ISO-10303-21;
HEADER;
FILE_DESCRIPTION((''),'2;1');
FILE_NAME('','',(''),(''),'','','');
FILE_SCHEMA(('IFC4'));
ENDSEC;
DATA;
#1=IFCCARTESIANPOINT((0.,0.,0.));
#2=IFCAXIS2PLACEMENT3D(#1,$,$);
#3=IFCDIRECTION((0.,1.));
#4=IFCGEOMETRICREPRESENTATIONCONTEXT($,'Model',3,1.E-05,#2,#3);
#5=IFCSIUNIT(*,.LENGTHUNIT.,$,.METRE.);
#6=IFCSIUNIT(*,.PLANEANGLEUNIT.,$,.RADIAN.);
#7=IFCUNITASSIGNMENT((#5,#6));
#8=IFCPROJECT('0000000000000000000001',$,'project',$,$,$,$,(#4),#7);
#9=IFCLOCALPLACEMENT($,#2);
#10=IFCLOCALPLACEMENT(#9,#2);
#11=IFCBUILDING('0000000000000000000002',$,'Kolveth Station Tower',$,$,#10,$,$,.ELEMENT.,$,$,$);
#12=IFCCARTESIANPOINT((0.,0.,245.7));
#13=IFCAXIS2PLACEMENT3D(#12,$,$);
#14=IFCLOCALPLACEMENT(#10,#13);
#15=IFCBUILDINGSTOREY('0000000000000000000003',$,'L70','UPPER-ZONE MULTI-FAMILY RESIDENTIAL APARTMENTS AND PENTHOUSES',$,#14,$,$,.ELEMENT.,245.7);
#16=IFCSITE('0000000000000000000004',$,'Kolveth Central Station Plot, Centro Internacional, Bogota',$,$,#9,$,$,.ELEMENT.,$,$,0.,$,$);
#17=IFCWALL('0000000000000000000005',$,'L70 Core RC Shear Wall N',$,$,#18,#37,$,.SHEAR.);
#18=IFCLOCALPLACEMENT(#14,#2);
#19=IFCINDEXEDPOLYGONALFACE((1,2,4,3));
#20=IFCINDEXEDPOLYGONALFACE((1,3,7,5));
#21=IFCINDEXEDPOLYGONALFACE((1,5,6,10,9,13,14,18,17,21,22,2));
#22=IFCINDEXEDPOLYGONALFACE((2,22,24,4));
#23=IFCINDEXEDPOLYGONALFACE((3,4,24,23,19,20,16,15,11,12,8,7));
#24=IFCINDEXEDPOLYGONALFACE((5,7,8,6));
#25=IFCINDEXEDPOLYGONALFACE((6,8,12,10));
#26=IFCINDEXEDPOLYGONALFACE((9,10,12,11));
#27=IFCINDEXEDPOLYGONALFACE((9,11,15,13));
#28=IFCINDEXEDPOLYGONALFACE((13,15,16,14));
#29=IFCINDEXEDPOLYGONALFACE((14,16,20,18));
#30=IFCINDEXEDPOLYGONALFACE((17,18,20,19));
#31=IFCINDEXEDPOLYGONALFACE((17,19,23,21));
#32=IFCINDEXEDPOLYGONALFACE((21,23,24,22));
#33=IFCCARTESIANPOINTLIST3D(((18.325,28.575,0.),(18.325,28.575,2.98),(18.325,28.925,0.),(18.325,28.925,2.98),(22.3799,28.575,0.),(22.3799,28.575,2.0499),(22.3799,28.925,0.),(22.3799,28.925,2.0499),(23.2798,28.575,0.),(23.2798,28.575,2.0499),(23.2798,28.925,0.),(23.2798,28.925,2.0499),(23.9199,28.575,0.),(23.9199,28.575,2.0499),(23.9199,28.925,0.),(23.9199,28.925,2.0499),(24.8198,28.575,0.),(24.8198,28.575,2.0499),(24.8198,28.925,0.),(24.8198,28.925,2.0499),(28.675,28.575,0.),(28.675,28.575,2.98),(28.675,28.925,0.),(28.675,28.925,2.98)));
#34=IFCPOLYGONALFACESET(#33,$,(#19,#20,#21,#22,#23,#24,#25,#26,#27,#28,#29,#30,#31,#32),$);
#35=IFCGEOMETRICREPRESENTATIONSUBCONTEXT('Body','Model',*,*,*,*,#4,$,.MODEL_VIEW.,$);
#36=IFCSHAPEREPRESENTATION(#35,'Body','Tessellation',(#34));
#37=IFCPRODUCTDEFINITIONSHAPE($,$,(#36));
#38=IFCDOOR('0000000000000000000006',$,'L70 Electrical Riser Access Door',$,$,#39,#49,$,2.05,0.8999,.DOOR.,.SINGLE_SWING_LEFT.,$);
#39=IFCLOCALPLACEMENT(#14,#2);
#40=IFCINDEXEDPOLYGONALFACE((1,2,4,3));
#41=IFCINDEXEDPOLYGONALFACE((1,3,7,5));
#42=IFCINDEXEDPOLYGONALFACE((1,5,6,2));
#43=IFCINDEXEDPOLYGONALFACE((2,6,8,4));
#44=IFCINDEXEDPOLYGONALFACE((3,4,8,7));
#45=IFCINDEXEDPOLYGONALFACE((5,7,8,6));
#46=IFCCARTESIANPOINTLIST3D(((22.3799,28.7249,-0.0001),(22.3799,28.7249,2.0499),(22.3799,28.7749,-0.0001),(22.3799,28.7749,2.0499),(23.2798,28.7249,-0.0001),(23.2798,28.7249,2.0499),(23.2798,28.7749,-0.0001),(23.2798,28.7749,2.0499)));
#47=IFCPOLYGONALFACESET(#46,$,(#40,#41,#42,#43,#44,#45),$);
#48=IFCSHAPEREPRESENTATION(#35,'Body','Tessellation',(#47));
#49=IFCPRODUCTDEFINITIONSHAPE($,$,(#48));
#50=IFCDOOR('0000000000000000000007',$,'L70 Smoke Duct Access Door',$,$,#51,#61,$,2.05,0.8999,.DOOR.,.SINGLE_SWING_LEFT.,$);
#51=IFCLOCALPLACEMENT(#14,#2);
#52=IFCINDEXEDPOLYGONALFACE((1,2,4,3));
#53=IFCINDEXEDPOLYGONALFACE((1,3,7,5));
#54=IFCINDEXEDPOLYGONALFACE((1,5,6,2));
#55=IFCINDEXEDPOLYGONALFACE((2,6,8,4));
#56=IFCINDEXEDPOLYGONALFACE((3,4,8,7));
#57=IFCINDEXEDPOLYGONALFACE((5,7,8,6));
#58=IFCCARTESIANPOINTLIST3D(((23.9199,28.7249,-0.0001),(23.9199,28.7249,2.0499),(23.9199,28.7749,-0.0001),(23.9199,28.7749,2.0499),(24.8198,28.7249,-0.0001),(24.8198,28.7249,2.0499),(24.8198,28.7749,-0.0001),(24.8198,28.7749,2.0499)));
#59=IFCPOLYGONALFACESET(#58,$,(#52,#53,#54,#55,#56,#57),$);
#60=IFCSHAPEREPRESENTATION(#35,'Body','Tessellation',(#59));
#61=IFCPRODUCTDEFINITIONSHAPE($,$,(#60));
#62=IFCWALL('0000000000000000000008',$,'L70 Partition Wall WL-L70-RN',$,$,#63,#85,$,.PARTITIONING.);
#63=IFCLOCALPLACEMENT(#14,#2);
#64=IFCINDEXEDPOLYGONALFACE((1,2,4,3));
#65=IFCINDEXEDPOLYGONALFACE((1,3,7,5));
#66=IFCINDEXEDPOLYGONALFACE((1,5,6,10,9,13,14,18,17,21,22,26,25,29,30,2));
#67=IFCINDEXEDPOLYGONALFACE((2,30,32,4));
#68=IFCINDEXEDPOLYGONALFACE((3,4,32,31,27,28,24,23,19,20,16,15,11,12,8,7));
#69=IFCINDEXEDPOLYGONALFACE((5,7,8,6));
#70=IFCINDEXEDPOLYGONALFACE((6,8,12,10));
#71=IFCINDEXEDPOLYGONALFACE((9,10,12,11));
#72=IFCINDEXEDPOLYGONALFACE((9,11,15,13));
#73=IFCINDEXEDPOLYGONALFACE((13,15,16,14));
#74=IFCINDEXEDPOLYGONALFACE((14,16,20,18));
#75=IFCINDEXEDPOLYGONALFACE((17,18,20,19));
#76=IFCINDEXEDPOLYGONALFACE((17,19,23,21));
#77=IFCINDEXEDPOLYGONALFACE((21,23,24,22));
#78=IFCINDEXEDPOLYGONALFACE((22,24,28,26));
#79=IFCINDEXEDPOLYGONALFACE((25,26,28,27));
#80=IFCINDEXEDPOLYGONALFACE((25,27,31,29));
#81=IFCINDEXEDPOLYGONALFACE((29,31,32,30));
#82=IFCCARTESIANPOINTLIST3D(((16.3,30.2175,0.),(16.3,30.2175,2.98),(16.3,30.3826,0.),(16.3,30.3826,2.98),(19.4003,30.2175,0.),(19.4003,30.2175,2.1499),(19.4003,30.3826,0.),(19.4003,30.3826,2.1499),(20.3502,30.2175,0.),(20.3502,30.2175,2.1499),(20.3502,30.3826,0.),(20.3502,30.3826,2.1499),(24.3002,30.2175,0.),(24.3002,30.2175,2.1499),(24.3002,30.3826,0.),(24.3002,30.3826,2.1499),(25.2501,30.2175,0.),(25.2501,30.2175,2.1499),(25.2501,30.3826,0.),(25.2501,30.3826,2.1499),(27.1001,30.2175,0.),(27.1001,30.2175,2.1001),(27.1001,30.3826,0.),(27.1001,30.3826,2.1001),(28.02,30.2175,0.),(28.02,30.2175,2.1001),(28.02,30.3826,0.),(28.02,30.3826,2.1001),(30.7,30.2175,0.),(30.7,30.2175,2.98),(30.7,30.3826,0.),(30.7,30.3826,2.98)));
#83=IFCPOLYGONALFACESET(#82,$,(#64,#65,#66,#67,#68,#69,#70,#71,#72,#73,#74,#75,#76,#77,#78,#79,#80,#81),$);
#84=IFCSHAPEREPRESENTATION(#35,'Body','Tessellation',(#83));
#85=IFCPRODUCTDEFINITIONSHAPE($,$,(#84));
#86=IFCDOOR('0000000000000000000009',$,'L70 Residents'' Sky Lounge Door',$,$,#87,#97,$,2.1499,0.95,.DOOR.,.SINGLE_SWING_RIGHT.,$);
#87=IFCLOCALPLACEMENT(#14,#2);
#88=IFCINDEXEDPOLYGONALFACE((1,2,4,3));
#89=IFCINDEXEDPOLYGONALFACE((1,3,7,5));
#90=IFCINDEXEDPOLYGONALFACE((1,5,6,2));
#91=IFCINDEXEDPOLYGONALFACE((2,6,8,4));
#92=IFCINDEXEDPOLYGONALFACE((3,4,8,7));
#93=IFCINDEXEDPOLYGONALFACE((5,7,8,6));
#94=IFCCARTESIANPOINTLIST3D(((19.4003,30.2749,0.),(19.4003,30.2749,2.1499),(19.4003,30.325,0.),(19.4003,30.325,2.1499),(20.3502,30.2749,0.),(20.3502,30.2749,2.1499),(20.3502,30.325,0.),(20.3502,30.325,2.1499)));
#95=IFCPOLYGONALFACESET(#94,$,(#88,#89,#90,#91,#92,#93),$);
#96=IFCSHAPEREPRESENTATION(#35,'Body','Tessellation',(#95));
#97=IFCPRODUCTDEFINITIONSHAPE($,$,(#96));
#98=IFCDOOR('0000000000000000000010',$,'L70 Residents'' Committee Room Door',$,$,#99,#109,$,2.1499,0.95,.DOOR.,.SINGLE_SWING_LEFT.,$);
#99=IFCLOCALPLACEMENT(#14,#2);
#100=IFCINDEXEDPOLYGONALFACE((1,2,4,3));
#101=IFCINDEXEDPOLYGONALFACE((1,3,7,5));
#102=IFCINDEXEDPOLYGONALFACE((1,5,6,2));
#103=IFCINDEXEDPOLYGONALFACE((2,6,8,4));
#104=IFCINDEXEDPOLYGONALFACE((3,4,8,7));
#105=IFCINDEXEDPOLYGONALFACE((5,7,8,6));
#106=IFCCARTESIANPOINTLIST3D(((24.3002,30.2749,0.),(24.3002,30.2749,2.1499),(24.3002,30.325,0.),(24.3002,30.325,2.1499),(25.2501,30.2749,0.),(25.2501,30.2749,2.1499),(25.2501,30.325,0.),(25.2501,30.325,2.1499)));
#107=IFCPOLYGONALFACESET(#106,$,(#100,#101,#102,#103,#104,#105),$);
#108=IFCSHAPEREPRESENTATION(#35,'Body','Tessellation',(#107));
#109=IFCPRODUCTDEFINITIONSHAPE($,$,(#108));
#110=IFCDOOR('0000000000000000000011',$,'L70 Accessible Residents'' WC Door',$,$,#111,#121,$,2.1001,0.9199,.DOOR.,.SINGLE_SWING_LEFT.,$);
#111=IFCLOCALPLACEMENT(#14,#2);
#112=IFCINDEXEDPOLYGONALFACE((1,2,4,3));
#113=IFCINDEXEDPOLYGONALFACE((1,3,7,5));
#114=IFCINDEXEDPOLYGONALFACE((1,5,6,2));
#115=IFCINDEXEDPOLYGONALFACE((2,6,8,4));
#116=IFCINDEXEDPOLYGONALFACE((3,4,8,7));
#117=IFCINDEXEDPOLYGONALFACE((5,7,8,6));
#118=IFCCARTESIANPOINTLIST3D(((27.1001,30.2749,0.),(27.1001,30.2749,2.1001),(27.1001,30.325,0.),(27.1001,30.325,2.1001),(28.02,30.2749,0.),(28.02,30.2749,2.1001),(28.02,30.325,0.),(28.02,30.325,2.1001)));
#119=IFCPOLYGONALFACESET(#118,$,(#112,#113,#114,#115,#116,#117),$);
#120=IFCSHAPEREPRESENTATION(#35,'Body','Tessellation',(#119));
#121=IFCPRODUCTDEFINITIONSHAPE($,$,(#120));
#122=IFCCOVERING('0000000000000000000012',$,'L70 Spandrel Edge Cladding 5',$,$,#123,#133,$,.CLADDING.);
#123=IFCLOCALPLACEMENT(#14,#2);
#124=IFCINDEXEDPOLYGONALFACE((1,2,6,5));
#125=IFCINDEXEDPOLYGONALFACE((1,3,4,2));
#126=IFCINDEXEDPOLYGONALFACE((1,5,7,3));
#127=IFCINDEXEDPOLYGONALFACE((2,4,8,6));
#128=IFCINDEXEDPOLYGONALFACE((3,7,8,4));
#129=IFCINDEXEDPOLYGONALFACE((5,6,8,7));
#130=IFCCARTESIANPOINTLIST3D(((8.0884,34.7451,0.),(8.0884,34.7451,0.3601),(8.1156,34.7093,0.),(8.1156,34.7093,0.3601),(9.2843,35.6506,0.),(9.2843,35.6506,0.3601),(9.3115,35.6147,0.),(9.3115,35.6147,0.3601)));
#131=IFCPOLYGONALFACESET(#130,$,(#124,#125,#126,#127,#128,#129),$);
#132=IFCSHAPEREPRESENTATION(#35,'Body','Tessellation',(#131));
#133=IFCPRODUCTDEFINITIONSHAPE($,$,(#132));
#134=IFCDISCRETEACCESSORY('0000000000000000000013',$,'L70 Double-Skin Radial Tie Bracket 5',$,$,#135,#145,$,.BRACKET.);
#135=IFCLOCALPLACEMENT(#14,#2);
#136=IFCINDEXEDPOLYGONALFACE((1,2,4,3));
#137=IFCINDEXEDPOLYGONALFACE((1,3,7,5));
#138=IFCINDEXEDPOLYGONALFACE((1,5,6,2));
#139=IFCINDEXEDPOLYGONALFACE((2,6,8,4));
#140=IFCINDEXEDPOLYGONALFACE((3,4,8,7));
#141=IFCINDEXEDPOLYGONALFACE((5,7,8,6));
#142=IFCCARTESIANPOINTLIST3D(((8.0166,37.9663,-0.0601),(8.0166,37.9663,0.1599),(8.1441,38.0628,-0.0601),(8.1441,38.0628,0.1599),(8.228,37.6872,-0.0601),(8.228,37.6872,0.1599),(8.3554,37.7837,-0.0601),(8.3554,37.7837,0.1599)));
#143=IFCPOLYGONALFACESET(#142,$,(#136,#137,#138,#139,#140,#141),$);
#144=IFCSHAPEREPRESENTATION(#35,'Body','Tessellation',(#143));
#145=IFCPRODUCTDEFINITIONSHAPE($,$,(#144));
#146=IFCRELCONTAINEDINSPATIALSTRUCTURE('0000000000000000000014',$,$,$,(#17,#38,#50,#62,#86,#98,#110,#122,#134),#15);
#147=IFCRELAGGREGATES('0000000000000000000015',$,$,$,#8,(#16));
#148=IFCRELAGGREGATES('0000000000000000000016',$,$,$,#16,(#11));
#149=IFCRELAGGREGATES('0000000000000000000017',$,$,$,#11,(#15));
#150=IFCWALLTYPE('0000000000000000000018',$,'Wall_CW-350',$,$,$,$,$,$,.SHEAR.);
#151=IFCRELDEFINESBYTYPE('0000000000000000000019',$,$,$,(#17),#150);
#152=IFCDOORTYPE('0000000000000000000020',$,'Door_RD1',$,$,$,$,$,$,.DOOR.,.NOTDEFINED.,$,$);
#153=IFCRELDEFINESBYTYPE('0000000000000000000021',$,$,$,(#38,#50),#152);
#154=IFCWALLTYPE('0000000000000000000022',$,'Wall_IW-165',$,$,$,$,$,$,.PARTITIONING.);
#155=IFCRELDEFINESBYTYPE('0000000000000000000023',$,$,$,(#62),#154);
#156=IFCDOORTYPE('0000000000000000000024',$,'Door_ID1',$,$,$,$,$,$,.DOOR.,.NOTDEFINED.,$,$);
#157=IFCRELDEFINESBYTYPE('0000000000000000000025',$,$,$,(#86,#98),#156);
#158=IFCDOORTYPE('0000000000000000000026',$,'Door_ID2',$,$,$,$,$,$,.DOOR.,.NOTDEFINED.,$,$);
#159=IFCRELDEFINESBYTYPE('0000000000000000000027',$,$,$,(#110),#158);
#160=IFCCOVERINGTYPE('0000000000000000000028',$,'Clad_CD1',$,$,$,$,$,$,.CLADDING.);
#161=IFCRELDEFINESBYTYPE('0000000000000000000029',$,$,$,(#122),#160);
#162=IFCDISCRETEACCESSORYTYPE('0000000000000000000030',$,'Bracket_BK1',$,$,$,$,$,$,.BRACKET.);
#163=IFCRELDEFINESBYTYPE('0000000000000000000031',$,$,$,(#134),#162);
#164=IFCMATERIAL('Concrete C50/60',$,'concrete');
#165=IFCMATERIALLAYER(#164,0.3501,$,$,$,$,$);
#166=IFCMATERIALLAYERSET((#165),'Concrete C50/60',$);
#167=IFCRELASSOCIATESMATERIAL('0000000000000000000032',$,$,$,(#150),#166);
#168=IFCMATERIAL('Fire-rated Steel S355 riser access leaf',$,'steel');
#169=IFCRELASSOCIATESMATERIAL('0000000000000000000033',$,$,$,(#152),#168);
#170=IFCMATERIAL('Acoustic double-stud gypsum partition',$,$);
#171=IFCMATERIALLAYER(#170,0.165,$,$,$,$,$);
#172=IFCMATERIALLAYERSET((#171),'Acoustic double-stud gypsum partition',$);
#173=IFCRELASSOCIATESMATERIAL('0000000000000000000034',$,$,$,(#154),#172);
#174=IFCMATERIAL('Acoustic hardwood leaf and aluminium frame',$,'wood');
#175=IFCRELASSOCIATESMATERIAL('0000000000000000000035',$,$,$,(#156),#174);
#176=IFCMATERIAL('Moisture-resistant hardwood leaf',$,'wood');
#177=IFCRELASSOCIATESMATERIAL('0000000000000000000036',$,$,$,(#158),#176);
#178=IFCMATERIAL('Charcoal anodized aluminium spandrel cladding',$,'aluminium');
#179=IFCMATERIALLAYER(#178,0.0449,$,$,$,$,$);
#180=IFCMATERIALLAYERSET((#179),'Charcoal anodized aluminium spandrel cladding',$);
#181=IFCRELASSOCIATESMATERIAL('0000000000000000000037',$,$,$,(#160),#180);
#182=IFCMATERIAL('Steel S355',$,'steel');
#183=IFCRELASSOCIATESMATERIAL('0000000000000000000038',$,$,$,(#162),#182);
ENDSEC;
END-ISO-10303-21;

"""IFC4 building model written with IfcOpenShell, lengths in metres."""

from ifc_helpers import new_model, si_unit, direction, frame, frame_2d, origin, origin_2d, place, context, subcontext, project, spatial, rectangle, extrude, source, transform, mapped, material, layer, layer_set, type_object, element, fill, save


model = new_model("IFC4")

# Units and contexts
model_context = context("Model", 3, precision=1e-05, world=origin(), true_north=direction((0.0, 1.0)))
body_context = subcontext(model_context, "Body", "Model", "MODEL_VIEW")
ifc_project = project(units=[si_unit("LENGTHUNIT", "METRE"), si_unit("PLANEANGLEUNIT", "RADIAN")], contexts=[model_context])

# Site, building, storey
site_placement = place(None, origin())
site = spatial("IfcSite", under=ifc_project, at=site_placement, Name="Kolveth Central Station Plot, Centro Internacional, Bogota", CompositionType="ELEMENT", RefElevation=0.0)
building_placement = place(site_placement, origin())
building = spatial("IfcBuilding", under=site, at=building_placement, Name="Kolveth Station Tower", CompositionType="ELEMENT")
storey_placement = place(building_placement, frame((0.0, 0.0, 245.7)))
storey = spatial("IfcBuildingStorey", under=building, at=storey_placement, Name="L70", Description="UPPER-ZONE MULTI-FAMILY RESIDENTIAL APARTMENTS AND PENTHOUSES", CompositionType="ELEMENT", Elevation=245.7)

# Shared definitions
ifc_material_1 = material(Name="Steel S355", Category="steel")

# Walls, openings, doors
ifc_material_2 = material(Name="Concrete C50/60", Category="concrete")
ifc_layer_1 = layer(ifc_material_2, 0.3501)
ifc_layer_set_1 = layer_set([ifc_layer_1], Name="Concrete C50/60")
wall_type_1 = type_object("IfcWallType", Name="Wall_CW-350", PredefinedType="SHEAR", material=ifc_layer_set_1)
wall_1_placement = place(storey_placement, frame((18.325, 28.75, 0.0), z_axis=(0.0, 0.0, 1.0), x_axis=(1.0, 0.0, 0.0)))
wall_1 = element("IfcWall", 1, at=wall_1_placement, inside=storey, type_object=wall_type_1, Name="L70 Core RC Shear Wall N", PredefinedType="SHEAR", context=body_context, shape_type="SweptSolid", body=[
    extrude(rectangle(XDim=10.3501, YDim=0.3501, at=frame_2d((5.175, 0.0))), origin(), (0.0, 0.0, 1.0), 2.98),
])
opening_1_placement = place(wall_1_placement, frame((4.0549, 0.0, 0.0)))
opening_1 = element("IfcOpeningElement", 2, at=opening_1_placement, cuts=wall_1, PredefinedType="OPENING", context=body_context, shape_type="SweptSolid", body=[
    extrude(rectangle(XDim=0.8999, YDim=2.05, at=frame_2d((0.45, 1.0249))), frame((0.0, 0.1851, 0.0), z_axis=(0.0, -1.0, 0.0), x_axis=(1.0, 0.0, 0.0)), (0.0, 0.0, 1.0), 0.3701),
])
opening_2_placement = place(wall_1_placement, frame((5.595, 0.0, 0.0)))
opening_2 = element("IfcOpeningElement", 3, at=opening_2_placement, cuts=wall_1, PredefinedType="OPENING", context=body_context, shape_type="SweptSolid", body=[
    extrude(rectangle(XDim=0.8999, YDim=2.05, at=frame_2d((0.45, 1.0249))), frame((0.0, 0.1851, 0.0), z_axis=(0.0, -1.0, 0.0), x_axis=(1.0, 0.0, 0.0)), (0.0, 0.0, 1.0), 0.3701),
])
ifc_material_3 = material(Name="Fire-rated Steel S355 riser access leaf", Category="steel")
door_type_1 = type_object("IfcDoorType", Name="Door_RD1", OperationType="NOTDEFINED", PredefinedType="DOOR", material=ifc_material_3)
door_1_placement = place(opening_1_placement, origin())
door_1 = element("IfcDoor", 4, at=door_1_placement, inside=storey, type_object=door_type_1, Name="L70 Electrical Riser Access Door", OperationType="SINGLE_SWING_LEFT", OverallHeight=2.05, OverallWidth=0.8999, PredefinedType="DOOR", context=body_context, shape_type="SweptSolid", body=[
    extrude(rectangle(XDim=0.8999, YDim=2.05, at=frame_2d((0.45, 1.0249))), frame((0.0, 0.0249, 0.0), z_axis=(0.0, -1.0, 0.0), x_axis=(1.0, 0.0, 0.0)), (0.0, 0.0, 1.0), 0.05),
])
fill(opening_1, door_1)
door_2_placement = place(opening_2_placement, origin())
door_2 = element("IfcDoor", 5, at=door_2_placement, inside=storey, type_object=door_type_1, Name="L70 Smoke Duct Access Door", OperationType="SINGLE_SWING_LEFT", OverallHeight=2.05, OverallWidth=0.8999, PredefinedType="DOOR", context=body_context, shape_type="SweptSolid", body=[
    extrude(rectangle(XDim=0.8999, YDim=2.05, at=frame_2d((0.45, 1.0249))), frame((0.0, 0.0249, 0.0), z_axis=(0.0, -1.0, 0.0), x_axis=(1.0, 0.0, 0.0)), (0.0, 0.0, 1.0), 0.05),
])
fill(opening_2, door_2)
ifc_material_4 = material(Name="Acoustic double-stud gypsum partition")
ifc_layer_2 = layer(ifc_material_4, 0.165)
ifc_layer_set_2 = layer_set([ifc_layer_2], Name="Acoustic double-stud gypsum partition")
wall_type_2 = type_object("IfcWallType", Name="Wall_IW-165", PredefinedType="PARTITIONING", material=ifc_layer_set_2)
wall_2_placement = place(storey_placement, frame((16.3, 30.3, 0.0), z_axis=(0.0, 0.0, 1.0), x_axis=(1.0, 0.0, 0.0)))
wall_2 = element("IfcWall", 6, at=wall_2_placement, inside=storey, type_object=wall_type_2, Name="L70 Partition Wall WL-L70-RN", PredefinedType="PARTITIONING", context=body_context, shape_type="SweptSolid", body=[
    extrude(rectangle(XDim=14.3999, YDim=0.165, at=frame_2d((7.2, 0.0))), origin(), (0.0, 0.0, 1.0), 2.98),
])
opening_3_placement = place(wall_2_placement, frame((3.1001, 0.0, 0.0)))
opening_3 = element("IfcOpeningElement", 7, at=opening_3_placement, cuts=wall_2, PredefinedType="OPENING", context=body_context, shape_type="SweptSolid", body=[
    extrude(rectangle(XDim=0.95, YDim=2.1499, at=frame_2d((0.4751, 1.075))), frame((0.0, 0.0925, 0.0), z_axis=(0.0, -1.0, 0.0), x_axis=(1.0, 0.0, 0.0)), (0.0, 0.0, 1.0), 0.1851),
])
opening_4_placement = place(wall_2_placement, frame((8.0, 0.0, 0.0)))
opening_4 = element("IfcOpeningElement", 8, at=opening_4_placement, cuts=wall_2, PredefinedType="OPENING", context=body_context, shape_type="SweptSolid", body=[
    extrude(rectangle(XDim=0.95, YDim=2.1499, at=frame_2d((0.4751, 1.075))), frame((0.0, 0.0925, 0.0), z_axis=(0.0, -1.0, 0.0), x_axis=(1.0, 0.0, 0.0)), (0.0, 0.0, 1.0), 0.1851),
])
opening_5_placement = place(wall_2_placement, frame((10.8, 0.0, 0.0)))
opening_5 = element("IfcOpeningElement", 9, at=opening_5_placement, cuts=wall_2, PredefinedType="OPENING", context=body_context, shape_type="SweptSolid", body=[
    extrude(rectangle(XDim=0.9199, YDim=2.1001, at=frame_2d((0.46, 1.05))), frame((0.0, 0.0925, 0.0), z_axis=(0.0, -1.0, 0.0), x_axis=(1.0, 0.0, 0.0)), (0.0, 0.0, 1.0), 0.1851),
])
ifc_material_5 = material(Name="Acoustic hardwood leaf and aluminium frame", Category="wood")
door_type_2 = type_object("IfcDoorType", Name="Door_ID1", OperationType="NOTDEFINED", PredefinedType="DOOR", material=ifc_material_5)
door_3_placement = place(opening_3_placement, origin())
door_3 = element("IfcDoor", 10, at=door_3_placement, inside=storey, type_object=door_type_2, Name="L70 Residents' Sky Lounge Door", OperationType="SINGLE_SWING_RIGHT", OverallHeight=2.1499, OverallWidth=0.95, PredefinedType="DOOR", context=body_context, shape_type="SweptSolid", body=[
    extrude(rectangle(XDim=0.95, YDim=2.1499, at=frame_2d((0.4751, 1.075))), frame((0.0, 0.0249, 0.0), z_axis=(0.0, -1.0, 0.0), x_axis=(1.0, 0.0, 0.0)), (0.0, 0.0, 1.0), 0.05),
])
fill(opening_3, door_3)
door_4_placement = place(opening_4_placement, origin())
door_4 = element("IfcDoor", 11, at=door_4_placement, inside=storey, type_object=door_type_2, Name="L70 Residents' Committee Room Door", OperationType="SINGLE_SWING_LEFT", OverallHeight=2.1499, OverallWidth=0.95, PredefinedType="DOOR", context=body_context, shape_type="SweptSolid", body=[
    extrude(rectangle(XDim=0.95, YDim=2.1499, at=frame_2d((0.4751, 1.075))), frame((0.0, 0.0249, 0.0), z_axis=(0.0, -1.0, 0.0), x_axis=(1.0, 0.0, 0.0)), (0.0, 0.0, 1.0), 0.05),
])
fill(opening_4, door_4)
ifc_material_6 = material(Name="Moisture-resistant hardwood leaf", Category="wood")
door_type_3 = type_object("IfcDoorType", Name="Door_ID2", OperationType="NOTDEFINED", PredefinedType="DOOR", material=ifc_material_6)
door_5_placement = place(opening_5_placement, origin())
door_5 = element("IfcDoor", 12, at=door_5_placement, inside=storey, type_object=door_type_3, Name="L70 Accessible Residents' WC Door", OperationType="SINGLE_SWING_LEFT", OverallHeight=2.1001, OverallWidth=0.9199, PredefinedType="DOOR", context=body_context, shape_type="SweptSolid", body=[
    extrude(rectangle(XDim=0.9199, YDim=2.1001, at=frame_2d((0.46, 1.05))), frame((0.0, 0.0249, 0.0), z_axis=(0.0, -1.0, 0.0), x_axis=(1.0, 0.0, 0.0)), (0.0, 0.0, 1.0), 0.05),
])
fill(opening_5, door_5)

# Covering
ifc_material_7 = material(Name="Charcoal anodized aluminium spandrel cladding", Category="aluminium")
ifc_layer_3 = layer(ifc_material_7, 0.0449)
ifc_layer_set_3 = layer_set([ifc_layer_3], Name="Charcoal anodized aluminium spandrel cladding")
covering_type = type_object("IfcCoveringType", Name="Clad_CD1", PredefinedType="CLADDING", material=ifc_layer_set_3)
shared_shape_1 = source(origin(), body_context, "Body", "SweptSolid", [
    extrude(rectangle(XDim=1.5, YDim=0.0449, at=origin_2d()), origin(), (0.0, 0.0, 1.0), 0.3601),
])
covering_placement = place(storey_placement, frame((8.7, 35.1799, 0.0), z_axis=(0.0, 0.0, 1.0), x_axis=(-0.797268, -0.603626, 0.0)))
element("IfcCovering", 13, at=covering_placement, inside=storey, type_object=covering_type, Name="L70 Spandrel Edge Cladding 5", PredefinedType="CLADDING", context=body_context, shape_type="MappedRepresentation", body=[
    mapped(shared_shape_1, transform((0.0, 0.0, 0.0), x_axis=(1.0, 0.0, 0.0), y_axis=(0.0, 1.0, 0.0), z_axis=(0.0, 0.0, 1.0), scale=1.0)),
])

# Discrete accessory
discrete_accessory_type = type_object("IfcDiscreteAccessoryType", Name="Bracket_BK1", PredefinedType="BRACKET", material=ifc_material_1)
shared_shape_2 = source(origin(), body_context, "Body", "SweptSolid", [
    extrude(rectangle(XDim=0.3501, YDim=0.1599, at=origin_2d()), origin(), (0.0, 0.0, 1.0), 0.22),
])
discrete_accessory_placement = place(storey_placement, frame((8.186, 37.875, -0.0601), z_axis=(0.0, 0.0, 1.0), x_axis=(-0.603626, 0.797268, 0.0)))
element("IfcDiscreteAccessory", 14, at=discrete_accessory_placement, inside=storey, type_object=discrete_accessory_type, Name="L70 Double-Skin Radial Tie Bracket 5", PredefinedType="BRACKET", context=body_context, shape_type="MappedRepresentation", body=[
    mapped(shared_shape_2, transform((0.0, 0.0, 0.0), x_axis=(1.0, 0.0, 0.0), y_axis=(0.0, 1.0, 0.0), z_axis=(0.0, 0.0, 1.0), scale=1.0)),
])

save(model, "model.ifc")
